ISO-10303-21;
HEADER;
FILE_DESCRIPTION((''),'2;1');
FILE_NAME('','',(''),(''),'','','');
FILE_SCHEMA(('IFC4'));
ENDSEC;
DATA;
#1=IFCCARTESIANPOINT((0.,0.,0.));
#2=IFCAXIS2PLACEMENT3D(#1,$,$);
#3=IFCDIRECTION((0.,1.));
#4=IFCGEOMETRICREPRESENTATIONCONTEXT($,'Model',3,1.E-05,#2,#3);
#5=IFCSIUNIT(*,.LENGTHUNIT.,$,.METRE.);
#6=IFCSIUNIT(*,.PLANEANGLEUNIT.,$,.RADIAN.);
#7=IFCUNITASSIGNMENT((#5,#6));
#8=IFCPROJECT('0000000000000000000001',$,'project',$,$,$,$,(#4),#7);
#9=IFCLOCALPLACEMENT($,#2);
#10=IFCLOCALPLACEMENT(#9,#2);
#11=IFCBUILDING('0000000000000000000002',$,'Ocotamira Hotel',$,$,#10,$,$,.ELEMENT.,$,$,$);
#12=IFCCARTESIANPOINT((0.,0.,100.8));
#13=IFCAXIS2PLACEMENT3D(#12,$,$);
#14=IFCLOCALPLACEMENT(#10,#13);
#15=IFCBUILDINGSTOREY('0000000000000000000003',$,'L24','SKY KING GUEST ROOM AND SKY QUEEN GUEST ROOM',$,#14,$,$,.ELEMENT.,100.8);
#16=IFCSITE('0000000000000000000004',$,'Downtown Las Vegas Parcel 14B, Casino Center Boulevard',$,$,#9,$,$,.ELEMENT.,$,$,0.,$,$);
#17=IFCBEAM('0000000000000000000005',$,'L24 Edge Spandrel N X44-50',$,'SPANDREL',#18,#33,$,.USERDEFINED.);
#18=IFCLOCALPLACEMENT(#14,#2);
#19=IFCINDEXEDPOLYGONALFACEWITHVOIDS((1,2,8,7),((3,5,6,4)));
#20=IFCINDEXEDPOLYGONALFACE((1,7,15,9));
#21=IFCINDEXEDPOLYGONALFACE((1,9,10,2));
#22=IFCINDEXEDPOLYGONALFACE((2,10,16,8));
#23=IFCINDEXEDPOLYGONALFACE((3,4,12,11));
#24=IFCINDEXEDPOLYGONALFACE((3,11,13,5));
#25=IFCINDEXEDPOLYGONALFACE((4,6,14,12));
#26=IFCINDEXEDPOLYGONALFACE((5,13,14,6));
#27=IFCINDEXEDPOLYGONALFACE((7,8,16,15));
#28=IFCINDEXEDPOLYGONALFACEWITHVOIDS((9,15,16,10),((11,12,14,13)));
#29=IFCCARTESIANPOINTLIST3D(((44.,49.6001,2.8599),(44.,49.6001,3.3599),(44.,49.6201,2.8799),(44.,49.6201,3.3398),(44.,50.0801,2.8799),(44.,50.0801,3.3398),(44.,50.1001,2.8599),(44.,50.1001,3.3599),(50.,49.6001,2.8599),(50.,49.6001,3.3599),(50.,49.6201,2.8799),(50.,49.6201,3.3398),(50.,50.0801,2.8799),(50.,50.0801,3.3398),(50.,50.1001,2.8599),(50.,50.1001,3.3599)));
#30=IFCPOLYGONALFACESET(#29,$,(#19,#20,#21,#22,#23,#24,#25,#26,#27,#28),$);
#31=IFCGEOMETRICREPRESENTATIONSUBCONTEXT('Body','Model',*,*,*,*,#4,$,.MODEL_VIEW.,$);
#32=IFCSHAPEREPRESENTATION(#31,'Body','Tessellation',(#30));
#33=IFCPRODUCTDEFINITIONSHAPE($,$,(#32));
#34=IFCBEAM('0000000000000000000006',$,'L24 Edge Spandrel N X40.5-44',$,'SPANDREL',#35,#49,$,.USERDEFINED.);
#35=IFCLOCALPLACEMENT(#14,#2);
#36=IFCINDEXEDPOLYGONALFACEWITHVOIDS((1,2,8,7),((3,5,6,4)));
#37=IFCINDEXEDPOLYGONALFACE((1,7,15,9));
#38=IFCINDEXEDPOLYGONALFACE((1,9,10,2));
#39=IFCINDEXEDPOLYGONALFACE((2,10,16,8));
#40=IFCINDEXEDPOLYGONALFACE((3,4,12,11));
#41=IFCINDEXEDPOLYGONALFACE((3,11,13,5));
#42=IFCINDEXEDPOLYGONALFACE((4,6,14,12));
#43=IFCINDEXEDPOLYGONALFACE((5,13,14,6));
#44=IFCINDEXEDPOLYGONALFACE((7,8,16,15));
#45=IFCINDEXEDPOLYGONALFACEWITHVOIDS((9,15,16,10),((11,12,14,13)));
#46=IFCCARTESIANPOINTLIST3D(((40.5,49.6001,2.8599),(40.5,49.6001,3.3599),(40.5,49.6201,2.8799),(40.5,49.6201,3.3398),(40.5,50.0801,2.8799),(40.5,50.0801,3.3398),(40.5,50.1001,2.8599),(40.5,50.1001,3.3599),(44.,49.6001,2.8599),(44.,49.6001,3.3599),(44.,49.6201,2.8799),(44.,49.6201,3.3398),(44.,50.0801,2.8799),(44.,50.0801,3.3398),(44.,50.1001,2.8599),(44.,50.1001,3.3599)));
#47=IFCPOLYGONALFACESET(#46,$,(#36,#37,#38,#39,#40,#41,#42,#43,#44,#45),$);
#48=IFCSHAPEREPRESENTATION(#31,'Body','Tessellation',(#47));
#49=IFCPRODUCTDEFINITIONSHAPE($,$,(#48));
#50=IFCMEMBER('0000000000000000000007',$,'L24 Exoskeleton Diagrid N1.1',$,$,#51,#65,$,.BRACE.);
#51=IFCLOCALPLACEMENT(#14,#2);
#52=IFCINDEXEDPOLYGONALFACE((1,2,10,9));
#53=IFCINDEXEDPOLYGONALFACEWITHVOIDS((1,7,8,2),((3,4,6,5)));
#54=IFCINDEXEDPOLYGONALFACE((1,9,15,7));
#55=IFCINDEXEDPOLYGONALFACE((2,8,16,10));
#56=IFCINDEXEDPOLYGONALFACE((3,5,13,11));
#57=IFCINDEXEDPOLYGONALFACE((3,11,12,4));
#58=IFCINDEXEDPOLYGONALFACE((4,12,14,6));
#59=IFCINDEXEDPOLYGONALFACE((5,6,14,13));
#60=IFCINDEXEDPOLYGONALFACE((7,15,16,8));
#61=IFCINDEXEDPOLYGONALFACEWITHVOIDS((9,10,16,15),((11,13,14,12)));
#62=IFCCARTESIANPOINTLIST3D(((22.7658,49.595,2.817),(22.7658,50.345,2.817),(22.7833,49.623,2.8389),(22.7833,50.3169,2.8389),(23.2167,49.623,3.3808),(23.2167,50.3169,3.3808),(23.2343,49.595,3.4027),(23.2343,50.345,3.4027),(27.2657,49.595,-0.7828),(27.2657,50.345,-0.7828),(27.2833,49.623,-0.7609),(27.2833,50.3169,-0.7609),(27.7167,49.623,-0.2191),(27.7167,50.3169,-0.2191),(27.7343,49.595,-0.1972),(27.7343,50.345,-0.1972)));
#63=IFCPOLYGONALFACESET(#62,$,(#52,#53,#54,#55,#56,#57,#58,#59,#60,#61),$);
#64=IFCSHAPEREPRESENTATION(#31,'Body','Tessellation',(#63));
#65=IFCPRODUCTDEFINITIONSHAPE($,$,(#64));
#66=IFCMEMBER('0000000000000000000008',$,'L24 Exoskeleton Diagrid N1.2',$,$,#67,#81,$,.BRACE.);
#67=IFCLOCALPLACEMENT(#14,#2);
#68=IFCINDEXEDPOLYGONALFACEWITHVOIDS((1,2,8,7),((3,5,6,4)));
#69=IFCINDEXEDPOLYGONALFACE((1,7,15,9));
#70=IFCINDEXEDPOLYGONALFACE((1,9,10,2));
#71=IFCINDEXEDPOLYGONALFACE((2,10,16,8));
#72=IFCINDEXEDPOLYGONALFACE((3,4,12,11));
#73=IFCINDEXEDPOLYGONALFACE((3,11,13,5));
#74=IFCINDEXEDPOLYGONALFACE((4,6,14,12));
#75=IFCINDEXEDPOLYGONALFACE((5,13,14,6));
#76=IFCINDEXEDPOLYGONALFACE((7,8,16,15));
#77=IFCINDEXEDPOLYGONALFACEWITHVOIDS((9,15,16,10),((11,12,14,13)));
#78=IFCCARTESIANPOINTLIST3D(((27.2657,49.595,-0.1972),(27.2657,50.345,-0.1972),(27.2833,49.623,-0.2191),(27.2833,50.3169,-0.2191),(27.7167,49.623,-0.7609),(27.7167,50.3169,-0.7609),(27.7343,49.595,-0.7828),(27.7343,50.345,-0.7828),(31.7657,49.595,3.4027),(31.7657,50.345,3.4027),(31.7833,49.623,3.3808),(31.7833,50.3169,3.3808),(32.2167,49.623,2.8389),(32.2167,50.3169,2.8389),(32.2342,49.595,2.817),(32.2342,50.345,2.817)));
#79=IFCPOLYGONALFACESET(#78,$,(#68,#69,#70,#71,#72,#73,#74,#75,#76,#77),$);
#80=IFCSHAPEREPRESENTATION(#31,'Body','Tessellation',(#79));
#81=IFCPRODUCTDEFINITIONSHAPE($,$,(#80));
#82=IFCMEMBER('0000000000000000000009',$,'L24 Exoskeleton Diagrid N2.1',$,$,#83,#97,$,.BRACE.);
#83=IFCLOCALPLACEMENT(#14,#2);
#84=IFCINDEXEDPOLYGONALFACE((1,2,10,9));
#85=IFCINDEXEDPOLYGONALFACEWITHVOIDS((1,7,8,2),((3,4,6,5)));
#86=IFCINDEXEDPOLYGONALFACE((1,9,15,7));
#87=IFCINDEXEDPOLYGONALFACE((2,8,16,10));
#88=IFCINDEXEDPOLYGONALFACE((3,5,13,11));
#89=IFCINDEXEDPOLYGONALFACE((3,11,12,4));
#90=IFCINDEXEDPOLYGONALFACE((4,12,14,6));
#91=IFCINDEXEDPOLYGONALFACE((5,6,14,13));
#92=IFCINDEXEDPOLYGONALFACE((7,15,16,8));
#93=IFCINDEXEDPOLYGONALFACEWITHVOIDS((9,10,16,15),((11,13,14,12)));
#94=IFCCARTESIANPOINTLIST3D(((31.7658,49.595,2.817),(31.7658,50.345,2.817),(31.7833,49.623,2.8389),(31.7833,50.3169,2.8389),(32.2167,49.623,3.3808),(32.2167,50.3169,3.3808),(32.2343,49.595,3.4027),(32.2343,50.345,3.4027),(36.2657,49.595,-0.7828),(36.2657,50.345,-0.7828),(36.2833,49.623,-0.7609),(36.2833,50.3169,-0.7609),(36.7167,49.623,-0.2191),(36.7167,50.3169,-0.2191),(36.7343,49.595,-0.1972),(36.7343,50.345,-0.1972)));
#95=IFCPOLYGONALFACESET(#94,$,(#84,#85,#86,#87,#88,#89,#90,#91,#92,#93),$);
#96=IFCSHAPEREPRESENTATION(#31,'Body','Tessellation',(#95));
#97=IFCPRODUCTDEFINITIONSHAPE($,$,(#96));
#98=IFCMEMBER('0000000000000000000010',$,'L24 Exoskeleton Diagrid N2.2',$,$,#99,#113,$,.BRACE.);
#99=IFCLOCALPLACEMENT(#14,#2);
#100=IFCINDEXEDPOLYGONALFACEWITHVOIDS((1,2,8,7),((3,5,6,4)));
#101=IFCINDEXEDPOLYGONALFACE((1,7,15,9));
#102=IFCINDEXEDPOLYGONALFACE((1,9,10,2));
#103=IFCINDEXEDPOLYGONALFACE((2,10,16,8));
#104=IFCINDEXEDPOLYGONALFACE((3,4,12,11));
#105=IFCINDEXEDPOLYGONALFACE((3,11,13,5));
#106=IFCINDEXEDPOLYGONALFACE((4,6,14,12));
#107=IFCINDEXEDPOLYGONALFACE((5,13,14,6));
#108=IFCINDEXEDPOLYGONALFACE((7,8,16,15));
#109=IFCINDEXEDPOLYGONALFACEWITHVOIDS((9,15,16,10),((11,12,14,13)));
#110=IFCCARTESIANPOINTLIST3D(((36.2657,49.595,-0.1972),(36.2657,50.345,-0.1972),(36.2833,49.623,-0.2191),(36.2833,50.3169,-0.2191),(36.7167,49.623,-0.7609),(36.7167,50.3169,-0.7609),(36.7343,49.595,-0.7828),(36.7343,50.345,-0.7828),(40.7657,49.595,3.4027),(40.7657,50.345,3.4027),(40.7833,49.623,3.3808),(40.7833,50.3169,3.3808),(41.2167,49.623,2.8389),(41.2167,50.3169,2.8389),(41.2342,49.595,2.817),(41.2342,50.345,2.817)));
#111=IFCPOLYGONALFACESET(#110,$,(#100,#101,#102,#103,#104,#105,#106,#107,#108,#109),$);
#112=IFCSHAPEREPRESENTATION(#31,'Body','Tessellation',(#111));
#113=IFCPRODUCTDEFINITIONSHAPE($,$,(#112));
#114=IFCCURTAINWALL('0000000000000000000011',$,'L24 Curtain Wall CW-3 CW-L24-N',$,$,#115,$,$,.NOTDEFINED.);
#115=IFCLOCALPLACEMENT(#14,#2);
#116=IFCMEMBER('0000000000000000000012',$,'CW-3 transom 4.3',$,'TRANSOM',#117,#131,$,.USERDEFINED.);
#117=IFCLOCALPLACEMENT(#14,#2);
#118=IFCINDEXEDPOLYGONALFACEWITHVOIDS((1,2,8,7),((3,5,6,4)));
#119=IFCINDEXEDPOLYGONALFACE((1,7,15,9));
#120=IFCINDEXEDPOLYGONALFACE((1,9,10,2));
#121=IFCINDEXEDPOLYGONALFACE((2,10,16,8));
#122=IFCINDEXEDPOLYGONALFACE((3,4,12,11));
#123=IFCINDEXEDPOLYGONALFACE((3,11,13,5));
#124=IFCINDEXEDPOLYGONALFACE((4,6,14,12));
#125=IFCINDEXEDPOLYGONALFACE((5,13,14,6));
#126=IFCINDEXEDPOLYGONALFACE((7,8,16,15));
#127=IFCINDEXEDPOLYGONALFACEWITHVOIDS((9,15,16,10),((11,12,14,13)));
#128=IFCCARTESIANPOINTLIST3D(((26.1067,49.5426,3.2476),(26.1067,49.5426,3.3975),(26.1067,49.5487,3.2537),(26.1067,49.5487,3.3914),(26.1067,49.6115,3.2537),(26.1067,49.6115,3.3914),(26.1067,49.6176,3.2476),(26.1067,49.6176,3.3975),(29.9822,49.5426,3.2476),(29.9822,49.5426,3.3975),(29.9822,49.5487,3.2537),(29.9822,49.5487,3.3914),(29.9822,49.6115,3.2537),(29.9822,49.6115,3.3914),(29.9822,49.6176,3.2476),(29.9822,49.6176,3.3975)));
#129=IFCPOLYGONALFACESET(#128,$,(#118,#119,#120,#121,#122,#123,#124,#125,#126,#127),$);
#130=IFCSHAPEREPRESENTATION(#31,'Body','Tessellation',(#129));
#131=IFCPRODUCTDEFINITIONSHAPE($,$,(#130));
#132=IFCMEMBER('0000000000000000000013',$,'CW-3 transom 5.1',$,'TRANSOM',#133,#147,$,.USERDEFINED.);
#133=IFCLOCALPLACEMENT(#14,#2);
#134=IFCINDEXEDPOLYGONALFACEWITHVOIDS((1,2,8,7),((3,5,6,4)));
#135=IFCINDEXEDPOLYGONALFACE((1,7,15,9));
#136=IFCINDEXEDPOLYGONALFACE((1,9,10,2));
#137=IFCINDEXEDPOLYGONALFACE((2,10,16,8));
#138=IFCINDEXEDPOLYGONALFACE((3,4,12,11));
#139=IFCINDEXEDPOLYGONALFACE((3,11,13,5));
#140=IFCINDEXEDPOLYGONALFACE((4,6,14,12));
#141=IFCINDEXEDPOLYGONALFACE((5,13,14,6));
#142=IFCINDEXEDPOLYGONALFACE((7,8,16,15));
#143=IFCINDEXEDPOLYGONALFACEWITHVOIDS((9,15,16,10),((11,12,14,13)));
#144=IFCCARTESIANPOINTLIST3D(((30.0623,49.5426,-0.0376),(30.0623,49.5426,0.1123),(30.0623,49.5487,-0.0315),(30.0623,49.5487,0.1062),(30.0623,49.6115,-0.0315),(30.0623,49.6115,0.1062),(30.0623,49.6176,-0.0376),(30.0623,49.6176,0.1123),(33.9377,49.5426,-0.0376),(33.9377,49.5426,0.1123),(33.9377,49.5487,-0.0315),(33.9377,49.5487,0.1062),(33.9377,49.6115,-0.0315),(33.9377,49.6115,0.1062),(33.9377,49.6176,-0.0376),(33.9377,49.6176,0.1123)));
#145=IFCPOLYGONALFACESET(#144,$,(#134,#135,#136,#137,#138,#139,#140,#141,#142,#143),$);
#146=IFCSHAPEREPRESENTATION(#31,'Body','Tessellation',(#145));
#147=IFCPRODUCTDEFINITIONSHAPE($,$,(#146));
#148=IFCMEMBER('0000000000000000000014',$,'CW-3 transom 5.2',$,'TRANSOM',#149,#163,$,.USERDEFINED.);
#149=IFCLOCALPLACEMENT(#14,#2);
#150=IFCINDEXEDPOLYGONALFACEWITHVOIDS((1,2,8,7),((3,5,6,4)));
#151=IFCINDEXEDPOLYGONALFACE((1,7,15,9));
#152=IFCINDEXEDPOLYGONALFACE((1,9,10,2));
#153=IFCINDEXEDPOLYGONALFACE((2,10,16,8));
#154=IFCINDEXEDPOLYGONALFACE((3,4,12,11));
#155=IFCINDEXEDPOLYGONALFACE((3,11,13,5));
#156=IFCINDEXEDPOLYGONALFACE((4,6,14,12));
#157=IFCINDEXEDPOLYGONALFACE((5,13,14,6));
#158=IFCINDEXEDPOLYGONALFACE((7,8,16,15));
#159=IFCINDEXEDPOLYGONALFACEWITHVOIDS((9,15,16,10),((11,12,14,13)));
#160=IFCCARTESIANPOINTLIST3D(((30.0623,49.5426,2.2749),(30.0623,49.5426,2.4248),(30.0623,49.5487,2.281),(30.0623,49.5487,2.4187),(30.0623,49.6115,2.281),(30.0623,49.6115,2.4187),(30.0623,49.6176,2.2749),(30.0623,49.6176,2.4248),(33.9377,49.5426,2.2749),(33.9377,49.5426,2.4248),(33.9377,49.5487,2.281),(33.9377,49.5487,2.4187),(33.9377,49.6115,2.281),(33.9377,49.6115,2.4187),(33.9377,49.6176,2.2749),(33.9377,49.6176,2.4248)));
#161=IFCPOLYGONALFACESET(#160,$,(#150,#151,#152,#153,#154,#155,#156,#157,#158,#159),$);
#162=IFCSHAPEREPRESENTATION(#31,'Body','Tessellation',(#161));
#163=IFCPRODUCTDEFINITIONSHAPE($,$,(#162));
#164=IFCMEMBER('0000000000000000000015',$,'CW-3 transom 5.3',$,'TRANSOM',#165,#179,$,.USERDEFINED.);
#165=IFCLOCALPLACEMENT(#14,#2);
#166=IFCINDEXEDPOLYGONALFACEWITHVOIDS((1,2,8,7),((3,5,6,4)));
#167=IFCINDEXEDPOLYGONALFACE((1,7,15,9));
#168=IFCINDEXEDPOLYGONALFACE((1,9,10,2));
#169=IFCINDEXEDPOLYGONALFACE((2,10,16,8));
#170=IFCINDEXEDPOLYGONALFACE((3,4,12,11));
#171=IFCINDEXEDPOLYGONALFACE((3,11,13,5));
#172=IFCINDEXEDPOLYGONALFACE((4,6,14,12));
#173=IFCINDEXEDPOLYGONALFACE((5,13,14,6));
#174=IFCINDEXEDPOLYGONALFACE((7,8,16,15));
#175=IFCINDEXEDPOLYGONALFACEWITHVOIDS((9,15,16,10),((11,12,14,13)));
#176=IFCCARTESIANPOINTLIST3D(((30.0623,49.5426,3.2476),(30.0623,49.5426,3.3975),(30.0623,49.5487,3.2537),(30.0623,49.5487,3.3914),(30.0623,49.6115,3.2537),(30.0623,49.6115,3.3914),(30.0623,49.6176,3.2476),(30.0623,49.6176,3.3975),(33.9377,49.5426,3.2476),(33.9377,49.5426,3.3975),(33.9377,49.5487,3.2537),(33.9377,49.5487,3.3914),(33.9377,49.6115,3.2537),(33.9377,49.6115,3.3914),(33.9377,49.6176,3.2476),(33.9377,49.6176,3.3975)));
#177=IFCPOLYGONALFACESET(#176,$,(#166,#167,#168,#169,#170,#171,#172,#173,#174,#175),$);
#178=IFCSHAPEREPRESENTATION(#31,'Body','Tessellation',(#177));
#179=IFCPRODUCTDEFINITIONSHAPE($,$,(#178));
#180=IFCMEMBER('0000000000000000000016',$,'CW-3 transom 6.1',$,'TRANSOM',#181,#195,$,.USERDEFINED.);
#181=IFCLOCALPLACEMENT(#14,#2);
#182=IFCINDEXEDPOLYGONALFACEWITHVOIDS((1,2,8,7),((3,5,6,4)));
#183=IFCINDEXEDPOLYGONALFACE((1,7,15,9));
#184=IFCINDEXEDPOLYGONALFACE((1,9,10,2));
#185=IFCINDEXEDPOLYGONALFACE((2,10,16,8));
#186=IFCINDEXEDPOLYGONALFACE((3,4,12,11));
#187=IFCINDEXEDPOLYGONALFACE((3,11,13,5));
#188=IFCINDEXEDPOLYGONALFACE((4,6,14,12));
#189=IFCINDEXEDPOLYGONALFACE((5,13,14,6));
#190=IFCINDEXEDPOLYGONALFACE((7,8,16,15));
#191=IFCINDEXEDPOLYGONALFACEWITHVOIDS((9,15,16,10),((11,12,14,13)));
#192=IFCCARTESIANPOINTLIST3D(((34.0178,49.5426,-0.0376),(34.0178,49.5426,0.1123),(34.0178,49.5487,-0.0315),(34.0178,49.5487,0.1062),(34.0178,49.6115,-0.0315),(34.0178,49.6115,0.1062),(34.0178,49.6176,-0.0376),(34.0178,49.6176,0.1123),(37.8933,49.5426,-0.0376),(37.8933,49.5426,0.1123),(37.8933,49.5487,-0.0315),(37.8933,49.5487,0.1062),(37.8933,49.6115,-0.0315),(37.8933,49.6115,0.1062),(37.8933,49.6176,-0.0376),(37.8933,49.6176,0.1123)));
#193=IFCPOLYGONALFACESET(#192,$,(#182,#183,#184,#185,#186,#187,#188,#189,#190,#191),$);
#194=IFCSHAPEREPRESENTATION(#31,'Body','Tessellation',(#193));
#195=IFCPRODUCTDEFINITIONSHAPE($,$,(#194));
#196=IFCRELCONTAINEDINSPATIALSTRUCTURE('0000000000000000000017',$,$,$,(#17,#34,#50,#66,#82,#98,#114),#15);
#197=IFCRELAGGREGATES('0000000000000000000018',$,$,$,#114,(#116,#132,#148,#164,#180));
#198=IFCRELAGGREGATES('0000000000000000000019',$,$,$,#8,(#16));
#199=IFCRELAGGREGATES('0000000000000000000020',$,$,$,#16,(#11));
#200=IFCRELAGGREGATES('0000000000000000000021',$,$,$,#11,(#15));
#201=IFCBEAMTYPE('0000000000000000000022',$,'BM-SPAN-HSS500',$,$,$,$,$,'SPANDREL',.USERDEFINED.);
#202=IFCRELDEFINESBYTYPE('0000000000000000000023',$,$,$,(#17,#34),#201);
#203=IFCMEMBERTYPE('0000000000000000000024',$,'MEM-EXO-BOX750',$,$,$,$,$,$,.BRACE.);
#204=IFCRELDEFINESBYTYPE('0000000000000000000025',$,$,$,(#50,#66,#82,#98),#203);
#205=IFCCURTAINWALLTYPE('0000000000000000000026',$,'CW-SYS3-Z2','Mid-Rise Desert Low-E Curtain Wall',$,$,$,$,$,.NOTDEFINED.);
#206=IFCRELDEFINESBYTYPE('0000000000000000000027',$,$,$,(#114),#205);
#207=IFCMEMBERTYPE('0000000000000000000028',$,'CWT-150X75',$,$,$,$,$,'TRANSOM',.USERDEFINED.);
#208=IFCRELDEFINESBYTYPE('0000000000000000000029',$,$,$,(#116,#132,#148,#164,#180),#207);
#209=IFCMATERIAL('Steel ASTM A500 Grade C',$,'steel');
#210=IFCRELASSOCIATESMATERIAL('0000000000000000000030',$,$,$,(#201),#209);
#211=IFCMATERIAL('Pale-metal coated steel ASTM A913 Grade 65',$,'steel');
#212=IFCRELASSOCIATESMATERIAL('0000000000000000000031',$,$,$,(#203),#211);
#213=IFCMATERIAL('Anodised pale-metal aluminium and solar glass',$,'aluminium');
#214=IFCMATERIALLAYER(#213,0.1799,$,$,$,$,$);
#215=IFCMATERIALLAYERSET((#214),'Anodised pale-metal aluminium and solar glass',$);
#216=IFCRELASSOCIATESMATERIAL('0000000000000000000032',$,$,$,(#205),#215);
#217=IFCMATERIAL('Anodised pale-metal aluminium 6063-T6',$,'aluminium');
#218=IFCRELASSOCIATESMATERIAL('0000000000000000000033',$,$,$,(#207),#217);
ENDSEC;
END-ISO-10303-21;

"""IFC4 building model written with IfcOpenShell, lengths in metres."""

from ifc_helpers import new_model, si_unit, direction, frame, origin, origin_2d, place, context, subcontext, project, spatial, hollow_rectangle, extrude, source, transform, mapped, material, layer, layer_set, material_profile, profile_set, type_object, element, aggregate, save


model = new_model("IFC4")

# Units and contexts
model_context = context("Model", 3, precision=1e-05, world=origin(), true_north=direction((0.0, 1.0)))
body_context = subcontext(model_context, "Body", "Model", "MODEL_VIEW")
ifc_project = project(units=[si_unit("LENGTHUNIT", "METRE"), si_unit("PLANEANGLEUNIT", "RADIAN")], contexts=[model_context])

# Site, building, storey
site_placement = place(None, origin())
site = spatial("IfcSite", under=ifc_project, at=site_placement, Name="Downtown Las Vegas Parcel 14B, Casino Center Boulevard", CompositionType="ELEMENT", RefElevation=0.0)
building_placement = place(site_placement, origin())
building = spatial("IfcBuilding", under=site, at=building_placement, Name="Ocotamira Hotel", CompositionType="ELEMENT")
storey_placement = place(building_placement, frame((0.0, 0.0, 100.8)))
storey = spatial("IfcBuildingStorey", under=building, at=storey_placement, Name="L24", Description="SKY KING GUEST ROOM AND SKY QUEEN GUEST ROOM", CompositionType="ELEMENT", Elevation=100.8)

# Beams
ifc_material_1 = material(Name="Steel ASTM A500 Grade C", Category="steel")
ifc_material_profile_1 = material_profile(ifc_material_1, hollow_rectangle(XDim=0.5, YDim=0.5, WallThickness=0.02, at=origin_2d()), Name="HSS500X500X20")
ifc_profile_set_1 = profile_set([ifc_material_profile_1], Name="Steel ASTM A500 Grade C")
beam_type = type_object("IfcBeamType", Name="BM-SPAN-HSS500", ElementType="SPANDREL", PredefinedType="USERDEFINED", material=ifc_profile_set_1)
shared_shape_1 = source(origin(), body_context, "Body", "SweptSolid", [
    extrude(hollow_rectangle(XDim=0.5, YDim=0.5, WallThickness=0.02, at=origin_2d()), origin(), (0.0, 0.0, 1.0), 6.0),
])
beam_1_placement = place(storey_placement, frame((44.0, 49.8501, 3.1099), z_axis=(1.0, 0.0, 0.0), x_axis=(0.0, 1.0, 0.0)))
element("IfcBeam", 1, at=beam_1_placement, inside=storey, type_object=beam_type, Name="L24 Edge Spandrel N X44-50", ObjectType="SPANDREL", PredefinedType="USERDEFINED", context=body_context, shape_type="MappedRepresentation", body=[
    mapped(shared_shape_1, transform((0.0, 0.0, 0.0), scale=1.0)),
])
shared_shape_2 = source(origin(), body_context, "Body", "SweptSolid", [
    extrude(hollow_rectangle(XDim=0.5, YDim=0.5, WallThickness=0.02, at=origin_2d()), origin(), (0.0, 0.0, 1.0), 3.5),
])
beam_2_placement = place(storey_placement, frame((40.5, 49.8501, 3.1099), z_axis=(1.0, 0.0, 0.0), x_axis=(0.0, 1.0, 0.0)))
element("IfcBeam", 2, at=beam_2_placement, inside=storey, type_object=beam_type, Name="L24 Edge Spandrel N X40.5-44", ObjectType="SPANDREL", PredefinedType="USERDEFINED", context=body_context, shape_type="MappedRepresentation", body=[
    mapped(shared_shape_2, transform((0.0, 0.0, 0.0), scale=1.0)),
])

# Members
ifc_material_2 = material(Name="Pale-metal coated steel ASTM A913 Grade 65", Category="steel")
ifc_material_profile_2 = material_profile(ifc_material_2, hollow_rectangle(XDim=0.75, YDim=0.75, WallThickness=0.0281, at=origin_2d()), Name="BOX750X750X28")
ifc_profile_set_2 = profile_set([ifc_material_profile_2], Name="Pale-metal coated steel ASTM A913 Grade 65")
member_type_1 = type_object("IfcMemberType", Name="MEM-EXO-BOX750", PredefinedType="BRACE", material=ifc_profile_set_2)
shared_shape_3 = source(origin(), body_context, "Body", "SweptSolid", [
    extrude(hollow_rectangle(XDim=0.75, YDim=0.75, WallThickness=0.0281, at=origin_2d()), origin(), (0.0, 0.0, 1.0), 5.7627),
])
for number, where, z_axis, x_axis, name in (
    (3, (27.5, 49.97, -0.49), (-0.780881, 0.0, 0.62468), (0.0, -1.0, 0.0), "L24 Exoskeleton Diagrid N1.1"),
    (4, (27.5, 49.97, -0.49), (0.780881, 0.0, 0.62468), (0.0, 1.0, 0.0), "L24 Exoskeleton Diagrid N1.2"),
    (5, (36.5, 49.97, -0.49), (-0.780881, 0.0, 0.62468), (0.0, -1.0, 0.0), "L24 Exoskeleton Diagrid N2.1"),
    (6, (36.5, 49.97, -0.49), (0.780881, 0.0, 0.62468), (0.0, 1.0, 0.0), "L24 Exoskeleton Diagrid N2.2"),
):
    element("IfcMember", number, at=place(storey_placement, frame(where, z_axis=z_axis, x_axis=x_axis)), inside=storey, type_object=member_type_1, Name=name, PredefinedType="BRACE", context=body_context, shape_type="MappedRepresentation", body=[
        mapped(shared_shape_3, transform((0.0, 0.0, 0.0), scale=1.0)),
    ])

# Curtain wall, members
ifc_material_3 = material(Name="Anodised pale-metal aluminium and solar glass", Category="aluminium")
ifc_layer_1 = layer(ifc_material_3, 0.1799)
ifc_layer_set_1 = layer_set([ifc_layer_1], Name="Anodised pale-metal aluminium and solar glass")
curtain_wall_type = type_object("IfcCurtainWallType", Name="CW-SYS3-Z2", Description="Mid-Rise Desert Low-E Curtain Wall", PredefinedType="NOTDEFINED", material=ifc_layer_set_1)
curtain_wall_placement = place(storey_placement, origin())
curtain_wall = element("IfcCurtainWall", 7, at=curtain_wall_placement, inside=storey, type_object=curtain_wall_type, Name="L24 Curtain Wall CW-3 CW-L24-N", PredefinedType="NOTDEFINED")
ifc_material_4 = material(Name="Anodised pale-metal aluminium 6063-T6", Category="aluminium")
ifc_material_profile_3 = material_profile(ifc_material_4, hollow_rectangle(XDim=0.075, YDim=0.1499, WallThickness=0.0061, at=origin_2d()), Name="HSS150X75X6")
ifc_profile_set_3 = profile_set([ifc_material_profile_3], Name="Anodised pale-metal aluminium 6063-T6")
member_type_2 = type_object("IfcMemberType", Name="CWT-150X75", ElementType="TRANSOM", PredefinedType="USERDEFINED", material=ifc_profile_set_3)
shared_shape_4 = source(origin(), body_context, "Body", "SweptSolid", [
    extrude(hollow_rectangle(XDim=0.075, YDim=0.1499, WallThickness=0.0061, at=origin_2d()), origin(), (0.0, 0.0, 1.0), 3.8755),
])
member_1_placement = place(storey_placement, frame((26.1067, 49.5801, 3.3225), z_axis=(1.0, 0.0, 0.0), x_axis=(0.0, 1.0, 0.0)))
member_1 = element("IfcMember", 8, at=member_1_placement, type_object=member_type_2, Name="CW-3 transom 4.3", ObjectType="TRANSOM", PredefinedType="USERDEFINED", context=body_context, shape_type="MappedRepresentation", body=[
    mapped(shared_shape_4, transform((0.0, 0.0, 0.0), scale=1.0)),
])
member_2_placement = place(storey_placement, frame((30.0623, 49.5801, 0.0374), z_axis=(1.0, 0.0, 0.0), x_axis=(0.0, 1.0, 0.0)))
member_2 = element("IfcMember", 9, at=member_2_placement, type_object=member_type_2, Name="CW-3 transom 5.1", ObjectType="TRANSOM", PredefinedType="USERDEFINED", context=body_context, shape_type="MappedRepresentation", body=[
    mapped(shared_shape_4, transform((0.0, 0.0, 0.0), scale=1.0)),
])
member_3_placement = place(storey_placement, frame((30.0623, 49.5801, 2.3499), z_axis=(1.0, 0.0, 0.0), x_axis=(0.0, 1.0, 0.0)))
member_3 = element("IfcMember", 10, at=member_3_placement, type_object=member_type_2, Name="CW-3 transom 5.2", ObjectType="TRANSOM", PredefinedType="USERDEFINED", context=body_context, shape_type="MappedRepresentation", body=[
    mapped(shared_shape_4, transform((0.0, 0.0, 0.0), scale=1.0)),
])
member_4_placement = place(storey_placement, frame((30.0623, 49.5801, 3.3225), z_axis=(1.0, 0.0, 0.0), x_axis=(0.0, 1.0, 0.0)))
member_4 = element("IfcMember", 11, at=member_4_placement, type_object=member_type_2, Name="CW-3 transom 5.3", ObjectType="TRANSOM", PredefinedType="USERDEFINED", context=body_context, shape_type="MappedRepresentation", body=[
    mapped(shared_shape_4, transform((0.0, 0.0, 0.0), scale=1.0)),
])
member_5_placement = place(storey_placement, frame((34.0178, 49.5801, 0.0374), z_axis=(1.0, 0.0, 0.0), x_axis=(0.0, 1.0, 0.0)))
member_5 = element("IfcMember", 12, at=member_5_placement, type_object=member_type_2, Name="CW-3 transom 6.1", ObjectType="TRANSOM", PredefinedType="USERDEFINED", context=body_context, shape_type="MappedRepresentation", body=[
    mapped(shared_shape_4, transform((0.0, 0.0, 0.0), scale=1.0)),
])

aggregate(curtain_wall, [member_1, member_2, member_3, member_4, member_5])

save(model, "model.ifc")
